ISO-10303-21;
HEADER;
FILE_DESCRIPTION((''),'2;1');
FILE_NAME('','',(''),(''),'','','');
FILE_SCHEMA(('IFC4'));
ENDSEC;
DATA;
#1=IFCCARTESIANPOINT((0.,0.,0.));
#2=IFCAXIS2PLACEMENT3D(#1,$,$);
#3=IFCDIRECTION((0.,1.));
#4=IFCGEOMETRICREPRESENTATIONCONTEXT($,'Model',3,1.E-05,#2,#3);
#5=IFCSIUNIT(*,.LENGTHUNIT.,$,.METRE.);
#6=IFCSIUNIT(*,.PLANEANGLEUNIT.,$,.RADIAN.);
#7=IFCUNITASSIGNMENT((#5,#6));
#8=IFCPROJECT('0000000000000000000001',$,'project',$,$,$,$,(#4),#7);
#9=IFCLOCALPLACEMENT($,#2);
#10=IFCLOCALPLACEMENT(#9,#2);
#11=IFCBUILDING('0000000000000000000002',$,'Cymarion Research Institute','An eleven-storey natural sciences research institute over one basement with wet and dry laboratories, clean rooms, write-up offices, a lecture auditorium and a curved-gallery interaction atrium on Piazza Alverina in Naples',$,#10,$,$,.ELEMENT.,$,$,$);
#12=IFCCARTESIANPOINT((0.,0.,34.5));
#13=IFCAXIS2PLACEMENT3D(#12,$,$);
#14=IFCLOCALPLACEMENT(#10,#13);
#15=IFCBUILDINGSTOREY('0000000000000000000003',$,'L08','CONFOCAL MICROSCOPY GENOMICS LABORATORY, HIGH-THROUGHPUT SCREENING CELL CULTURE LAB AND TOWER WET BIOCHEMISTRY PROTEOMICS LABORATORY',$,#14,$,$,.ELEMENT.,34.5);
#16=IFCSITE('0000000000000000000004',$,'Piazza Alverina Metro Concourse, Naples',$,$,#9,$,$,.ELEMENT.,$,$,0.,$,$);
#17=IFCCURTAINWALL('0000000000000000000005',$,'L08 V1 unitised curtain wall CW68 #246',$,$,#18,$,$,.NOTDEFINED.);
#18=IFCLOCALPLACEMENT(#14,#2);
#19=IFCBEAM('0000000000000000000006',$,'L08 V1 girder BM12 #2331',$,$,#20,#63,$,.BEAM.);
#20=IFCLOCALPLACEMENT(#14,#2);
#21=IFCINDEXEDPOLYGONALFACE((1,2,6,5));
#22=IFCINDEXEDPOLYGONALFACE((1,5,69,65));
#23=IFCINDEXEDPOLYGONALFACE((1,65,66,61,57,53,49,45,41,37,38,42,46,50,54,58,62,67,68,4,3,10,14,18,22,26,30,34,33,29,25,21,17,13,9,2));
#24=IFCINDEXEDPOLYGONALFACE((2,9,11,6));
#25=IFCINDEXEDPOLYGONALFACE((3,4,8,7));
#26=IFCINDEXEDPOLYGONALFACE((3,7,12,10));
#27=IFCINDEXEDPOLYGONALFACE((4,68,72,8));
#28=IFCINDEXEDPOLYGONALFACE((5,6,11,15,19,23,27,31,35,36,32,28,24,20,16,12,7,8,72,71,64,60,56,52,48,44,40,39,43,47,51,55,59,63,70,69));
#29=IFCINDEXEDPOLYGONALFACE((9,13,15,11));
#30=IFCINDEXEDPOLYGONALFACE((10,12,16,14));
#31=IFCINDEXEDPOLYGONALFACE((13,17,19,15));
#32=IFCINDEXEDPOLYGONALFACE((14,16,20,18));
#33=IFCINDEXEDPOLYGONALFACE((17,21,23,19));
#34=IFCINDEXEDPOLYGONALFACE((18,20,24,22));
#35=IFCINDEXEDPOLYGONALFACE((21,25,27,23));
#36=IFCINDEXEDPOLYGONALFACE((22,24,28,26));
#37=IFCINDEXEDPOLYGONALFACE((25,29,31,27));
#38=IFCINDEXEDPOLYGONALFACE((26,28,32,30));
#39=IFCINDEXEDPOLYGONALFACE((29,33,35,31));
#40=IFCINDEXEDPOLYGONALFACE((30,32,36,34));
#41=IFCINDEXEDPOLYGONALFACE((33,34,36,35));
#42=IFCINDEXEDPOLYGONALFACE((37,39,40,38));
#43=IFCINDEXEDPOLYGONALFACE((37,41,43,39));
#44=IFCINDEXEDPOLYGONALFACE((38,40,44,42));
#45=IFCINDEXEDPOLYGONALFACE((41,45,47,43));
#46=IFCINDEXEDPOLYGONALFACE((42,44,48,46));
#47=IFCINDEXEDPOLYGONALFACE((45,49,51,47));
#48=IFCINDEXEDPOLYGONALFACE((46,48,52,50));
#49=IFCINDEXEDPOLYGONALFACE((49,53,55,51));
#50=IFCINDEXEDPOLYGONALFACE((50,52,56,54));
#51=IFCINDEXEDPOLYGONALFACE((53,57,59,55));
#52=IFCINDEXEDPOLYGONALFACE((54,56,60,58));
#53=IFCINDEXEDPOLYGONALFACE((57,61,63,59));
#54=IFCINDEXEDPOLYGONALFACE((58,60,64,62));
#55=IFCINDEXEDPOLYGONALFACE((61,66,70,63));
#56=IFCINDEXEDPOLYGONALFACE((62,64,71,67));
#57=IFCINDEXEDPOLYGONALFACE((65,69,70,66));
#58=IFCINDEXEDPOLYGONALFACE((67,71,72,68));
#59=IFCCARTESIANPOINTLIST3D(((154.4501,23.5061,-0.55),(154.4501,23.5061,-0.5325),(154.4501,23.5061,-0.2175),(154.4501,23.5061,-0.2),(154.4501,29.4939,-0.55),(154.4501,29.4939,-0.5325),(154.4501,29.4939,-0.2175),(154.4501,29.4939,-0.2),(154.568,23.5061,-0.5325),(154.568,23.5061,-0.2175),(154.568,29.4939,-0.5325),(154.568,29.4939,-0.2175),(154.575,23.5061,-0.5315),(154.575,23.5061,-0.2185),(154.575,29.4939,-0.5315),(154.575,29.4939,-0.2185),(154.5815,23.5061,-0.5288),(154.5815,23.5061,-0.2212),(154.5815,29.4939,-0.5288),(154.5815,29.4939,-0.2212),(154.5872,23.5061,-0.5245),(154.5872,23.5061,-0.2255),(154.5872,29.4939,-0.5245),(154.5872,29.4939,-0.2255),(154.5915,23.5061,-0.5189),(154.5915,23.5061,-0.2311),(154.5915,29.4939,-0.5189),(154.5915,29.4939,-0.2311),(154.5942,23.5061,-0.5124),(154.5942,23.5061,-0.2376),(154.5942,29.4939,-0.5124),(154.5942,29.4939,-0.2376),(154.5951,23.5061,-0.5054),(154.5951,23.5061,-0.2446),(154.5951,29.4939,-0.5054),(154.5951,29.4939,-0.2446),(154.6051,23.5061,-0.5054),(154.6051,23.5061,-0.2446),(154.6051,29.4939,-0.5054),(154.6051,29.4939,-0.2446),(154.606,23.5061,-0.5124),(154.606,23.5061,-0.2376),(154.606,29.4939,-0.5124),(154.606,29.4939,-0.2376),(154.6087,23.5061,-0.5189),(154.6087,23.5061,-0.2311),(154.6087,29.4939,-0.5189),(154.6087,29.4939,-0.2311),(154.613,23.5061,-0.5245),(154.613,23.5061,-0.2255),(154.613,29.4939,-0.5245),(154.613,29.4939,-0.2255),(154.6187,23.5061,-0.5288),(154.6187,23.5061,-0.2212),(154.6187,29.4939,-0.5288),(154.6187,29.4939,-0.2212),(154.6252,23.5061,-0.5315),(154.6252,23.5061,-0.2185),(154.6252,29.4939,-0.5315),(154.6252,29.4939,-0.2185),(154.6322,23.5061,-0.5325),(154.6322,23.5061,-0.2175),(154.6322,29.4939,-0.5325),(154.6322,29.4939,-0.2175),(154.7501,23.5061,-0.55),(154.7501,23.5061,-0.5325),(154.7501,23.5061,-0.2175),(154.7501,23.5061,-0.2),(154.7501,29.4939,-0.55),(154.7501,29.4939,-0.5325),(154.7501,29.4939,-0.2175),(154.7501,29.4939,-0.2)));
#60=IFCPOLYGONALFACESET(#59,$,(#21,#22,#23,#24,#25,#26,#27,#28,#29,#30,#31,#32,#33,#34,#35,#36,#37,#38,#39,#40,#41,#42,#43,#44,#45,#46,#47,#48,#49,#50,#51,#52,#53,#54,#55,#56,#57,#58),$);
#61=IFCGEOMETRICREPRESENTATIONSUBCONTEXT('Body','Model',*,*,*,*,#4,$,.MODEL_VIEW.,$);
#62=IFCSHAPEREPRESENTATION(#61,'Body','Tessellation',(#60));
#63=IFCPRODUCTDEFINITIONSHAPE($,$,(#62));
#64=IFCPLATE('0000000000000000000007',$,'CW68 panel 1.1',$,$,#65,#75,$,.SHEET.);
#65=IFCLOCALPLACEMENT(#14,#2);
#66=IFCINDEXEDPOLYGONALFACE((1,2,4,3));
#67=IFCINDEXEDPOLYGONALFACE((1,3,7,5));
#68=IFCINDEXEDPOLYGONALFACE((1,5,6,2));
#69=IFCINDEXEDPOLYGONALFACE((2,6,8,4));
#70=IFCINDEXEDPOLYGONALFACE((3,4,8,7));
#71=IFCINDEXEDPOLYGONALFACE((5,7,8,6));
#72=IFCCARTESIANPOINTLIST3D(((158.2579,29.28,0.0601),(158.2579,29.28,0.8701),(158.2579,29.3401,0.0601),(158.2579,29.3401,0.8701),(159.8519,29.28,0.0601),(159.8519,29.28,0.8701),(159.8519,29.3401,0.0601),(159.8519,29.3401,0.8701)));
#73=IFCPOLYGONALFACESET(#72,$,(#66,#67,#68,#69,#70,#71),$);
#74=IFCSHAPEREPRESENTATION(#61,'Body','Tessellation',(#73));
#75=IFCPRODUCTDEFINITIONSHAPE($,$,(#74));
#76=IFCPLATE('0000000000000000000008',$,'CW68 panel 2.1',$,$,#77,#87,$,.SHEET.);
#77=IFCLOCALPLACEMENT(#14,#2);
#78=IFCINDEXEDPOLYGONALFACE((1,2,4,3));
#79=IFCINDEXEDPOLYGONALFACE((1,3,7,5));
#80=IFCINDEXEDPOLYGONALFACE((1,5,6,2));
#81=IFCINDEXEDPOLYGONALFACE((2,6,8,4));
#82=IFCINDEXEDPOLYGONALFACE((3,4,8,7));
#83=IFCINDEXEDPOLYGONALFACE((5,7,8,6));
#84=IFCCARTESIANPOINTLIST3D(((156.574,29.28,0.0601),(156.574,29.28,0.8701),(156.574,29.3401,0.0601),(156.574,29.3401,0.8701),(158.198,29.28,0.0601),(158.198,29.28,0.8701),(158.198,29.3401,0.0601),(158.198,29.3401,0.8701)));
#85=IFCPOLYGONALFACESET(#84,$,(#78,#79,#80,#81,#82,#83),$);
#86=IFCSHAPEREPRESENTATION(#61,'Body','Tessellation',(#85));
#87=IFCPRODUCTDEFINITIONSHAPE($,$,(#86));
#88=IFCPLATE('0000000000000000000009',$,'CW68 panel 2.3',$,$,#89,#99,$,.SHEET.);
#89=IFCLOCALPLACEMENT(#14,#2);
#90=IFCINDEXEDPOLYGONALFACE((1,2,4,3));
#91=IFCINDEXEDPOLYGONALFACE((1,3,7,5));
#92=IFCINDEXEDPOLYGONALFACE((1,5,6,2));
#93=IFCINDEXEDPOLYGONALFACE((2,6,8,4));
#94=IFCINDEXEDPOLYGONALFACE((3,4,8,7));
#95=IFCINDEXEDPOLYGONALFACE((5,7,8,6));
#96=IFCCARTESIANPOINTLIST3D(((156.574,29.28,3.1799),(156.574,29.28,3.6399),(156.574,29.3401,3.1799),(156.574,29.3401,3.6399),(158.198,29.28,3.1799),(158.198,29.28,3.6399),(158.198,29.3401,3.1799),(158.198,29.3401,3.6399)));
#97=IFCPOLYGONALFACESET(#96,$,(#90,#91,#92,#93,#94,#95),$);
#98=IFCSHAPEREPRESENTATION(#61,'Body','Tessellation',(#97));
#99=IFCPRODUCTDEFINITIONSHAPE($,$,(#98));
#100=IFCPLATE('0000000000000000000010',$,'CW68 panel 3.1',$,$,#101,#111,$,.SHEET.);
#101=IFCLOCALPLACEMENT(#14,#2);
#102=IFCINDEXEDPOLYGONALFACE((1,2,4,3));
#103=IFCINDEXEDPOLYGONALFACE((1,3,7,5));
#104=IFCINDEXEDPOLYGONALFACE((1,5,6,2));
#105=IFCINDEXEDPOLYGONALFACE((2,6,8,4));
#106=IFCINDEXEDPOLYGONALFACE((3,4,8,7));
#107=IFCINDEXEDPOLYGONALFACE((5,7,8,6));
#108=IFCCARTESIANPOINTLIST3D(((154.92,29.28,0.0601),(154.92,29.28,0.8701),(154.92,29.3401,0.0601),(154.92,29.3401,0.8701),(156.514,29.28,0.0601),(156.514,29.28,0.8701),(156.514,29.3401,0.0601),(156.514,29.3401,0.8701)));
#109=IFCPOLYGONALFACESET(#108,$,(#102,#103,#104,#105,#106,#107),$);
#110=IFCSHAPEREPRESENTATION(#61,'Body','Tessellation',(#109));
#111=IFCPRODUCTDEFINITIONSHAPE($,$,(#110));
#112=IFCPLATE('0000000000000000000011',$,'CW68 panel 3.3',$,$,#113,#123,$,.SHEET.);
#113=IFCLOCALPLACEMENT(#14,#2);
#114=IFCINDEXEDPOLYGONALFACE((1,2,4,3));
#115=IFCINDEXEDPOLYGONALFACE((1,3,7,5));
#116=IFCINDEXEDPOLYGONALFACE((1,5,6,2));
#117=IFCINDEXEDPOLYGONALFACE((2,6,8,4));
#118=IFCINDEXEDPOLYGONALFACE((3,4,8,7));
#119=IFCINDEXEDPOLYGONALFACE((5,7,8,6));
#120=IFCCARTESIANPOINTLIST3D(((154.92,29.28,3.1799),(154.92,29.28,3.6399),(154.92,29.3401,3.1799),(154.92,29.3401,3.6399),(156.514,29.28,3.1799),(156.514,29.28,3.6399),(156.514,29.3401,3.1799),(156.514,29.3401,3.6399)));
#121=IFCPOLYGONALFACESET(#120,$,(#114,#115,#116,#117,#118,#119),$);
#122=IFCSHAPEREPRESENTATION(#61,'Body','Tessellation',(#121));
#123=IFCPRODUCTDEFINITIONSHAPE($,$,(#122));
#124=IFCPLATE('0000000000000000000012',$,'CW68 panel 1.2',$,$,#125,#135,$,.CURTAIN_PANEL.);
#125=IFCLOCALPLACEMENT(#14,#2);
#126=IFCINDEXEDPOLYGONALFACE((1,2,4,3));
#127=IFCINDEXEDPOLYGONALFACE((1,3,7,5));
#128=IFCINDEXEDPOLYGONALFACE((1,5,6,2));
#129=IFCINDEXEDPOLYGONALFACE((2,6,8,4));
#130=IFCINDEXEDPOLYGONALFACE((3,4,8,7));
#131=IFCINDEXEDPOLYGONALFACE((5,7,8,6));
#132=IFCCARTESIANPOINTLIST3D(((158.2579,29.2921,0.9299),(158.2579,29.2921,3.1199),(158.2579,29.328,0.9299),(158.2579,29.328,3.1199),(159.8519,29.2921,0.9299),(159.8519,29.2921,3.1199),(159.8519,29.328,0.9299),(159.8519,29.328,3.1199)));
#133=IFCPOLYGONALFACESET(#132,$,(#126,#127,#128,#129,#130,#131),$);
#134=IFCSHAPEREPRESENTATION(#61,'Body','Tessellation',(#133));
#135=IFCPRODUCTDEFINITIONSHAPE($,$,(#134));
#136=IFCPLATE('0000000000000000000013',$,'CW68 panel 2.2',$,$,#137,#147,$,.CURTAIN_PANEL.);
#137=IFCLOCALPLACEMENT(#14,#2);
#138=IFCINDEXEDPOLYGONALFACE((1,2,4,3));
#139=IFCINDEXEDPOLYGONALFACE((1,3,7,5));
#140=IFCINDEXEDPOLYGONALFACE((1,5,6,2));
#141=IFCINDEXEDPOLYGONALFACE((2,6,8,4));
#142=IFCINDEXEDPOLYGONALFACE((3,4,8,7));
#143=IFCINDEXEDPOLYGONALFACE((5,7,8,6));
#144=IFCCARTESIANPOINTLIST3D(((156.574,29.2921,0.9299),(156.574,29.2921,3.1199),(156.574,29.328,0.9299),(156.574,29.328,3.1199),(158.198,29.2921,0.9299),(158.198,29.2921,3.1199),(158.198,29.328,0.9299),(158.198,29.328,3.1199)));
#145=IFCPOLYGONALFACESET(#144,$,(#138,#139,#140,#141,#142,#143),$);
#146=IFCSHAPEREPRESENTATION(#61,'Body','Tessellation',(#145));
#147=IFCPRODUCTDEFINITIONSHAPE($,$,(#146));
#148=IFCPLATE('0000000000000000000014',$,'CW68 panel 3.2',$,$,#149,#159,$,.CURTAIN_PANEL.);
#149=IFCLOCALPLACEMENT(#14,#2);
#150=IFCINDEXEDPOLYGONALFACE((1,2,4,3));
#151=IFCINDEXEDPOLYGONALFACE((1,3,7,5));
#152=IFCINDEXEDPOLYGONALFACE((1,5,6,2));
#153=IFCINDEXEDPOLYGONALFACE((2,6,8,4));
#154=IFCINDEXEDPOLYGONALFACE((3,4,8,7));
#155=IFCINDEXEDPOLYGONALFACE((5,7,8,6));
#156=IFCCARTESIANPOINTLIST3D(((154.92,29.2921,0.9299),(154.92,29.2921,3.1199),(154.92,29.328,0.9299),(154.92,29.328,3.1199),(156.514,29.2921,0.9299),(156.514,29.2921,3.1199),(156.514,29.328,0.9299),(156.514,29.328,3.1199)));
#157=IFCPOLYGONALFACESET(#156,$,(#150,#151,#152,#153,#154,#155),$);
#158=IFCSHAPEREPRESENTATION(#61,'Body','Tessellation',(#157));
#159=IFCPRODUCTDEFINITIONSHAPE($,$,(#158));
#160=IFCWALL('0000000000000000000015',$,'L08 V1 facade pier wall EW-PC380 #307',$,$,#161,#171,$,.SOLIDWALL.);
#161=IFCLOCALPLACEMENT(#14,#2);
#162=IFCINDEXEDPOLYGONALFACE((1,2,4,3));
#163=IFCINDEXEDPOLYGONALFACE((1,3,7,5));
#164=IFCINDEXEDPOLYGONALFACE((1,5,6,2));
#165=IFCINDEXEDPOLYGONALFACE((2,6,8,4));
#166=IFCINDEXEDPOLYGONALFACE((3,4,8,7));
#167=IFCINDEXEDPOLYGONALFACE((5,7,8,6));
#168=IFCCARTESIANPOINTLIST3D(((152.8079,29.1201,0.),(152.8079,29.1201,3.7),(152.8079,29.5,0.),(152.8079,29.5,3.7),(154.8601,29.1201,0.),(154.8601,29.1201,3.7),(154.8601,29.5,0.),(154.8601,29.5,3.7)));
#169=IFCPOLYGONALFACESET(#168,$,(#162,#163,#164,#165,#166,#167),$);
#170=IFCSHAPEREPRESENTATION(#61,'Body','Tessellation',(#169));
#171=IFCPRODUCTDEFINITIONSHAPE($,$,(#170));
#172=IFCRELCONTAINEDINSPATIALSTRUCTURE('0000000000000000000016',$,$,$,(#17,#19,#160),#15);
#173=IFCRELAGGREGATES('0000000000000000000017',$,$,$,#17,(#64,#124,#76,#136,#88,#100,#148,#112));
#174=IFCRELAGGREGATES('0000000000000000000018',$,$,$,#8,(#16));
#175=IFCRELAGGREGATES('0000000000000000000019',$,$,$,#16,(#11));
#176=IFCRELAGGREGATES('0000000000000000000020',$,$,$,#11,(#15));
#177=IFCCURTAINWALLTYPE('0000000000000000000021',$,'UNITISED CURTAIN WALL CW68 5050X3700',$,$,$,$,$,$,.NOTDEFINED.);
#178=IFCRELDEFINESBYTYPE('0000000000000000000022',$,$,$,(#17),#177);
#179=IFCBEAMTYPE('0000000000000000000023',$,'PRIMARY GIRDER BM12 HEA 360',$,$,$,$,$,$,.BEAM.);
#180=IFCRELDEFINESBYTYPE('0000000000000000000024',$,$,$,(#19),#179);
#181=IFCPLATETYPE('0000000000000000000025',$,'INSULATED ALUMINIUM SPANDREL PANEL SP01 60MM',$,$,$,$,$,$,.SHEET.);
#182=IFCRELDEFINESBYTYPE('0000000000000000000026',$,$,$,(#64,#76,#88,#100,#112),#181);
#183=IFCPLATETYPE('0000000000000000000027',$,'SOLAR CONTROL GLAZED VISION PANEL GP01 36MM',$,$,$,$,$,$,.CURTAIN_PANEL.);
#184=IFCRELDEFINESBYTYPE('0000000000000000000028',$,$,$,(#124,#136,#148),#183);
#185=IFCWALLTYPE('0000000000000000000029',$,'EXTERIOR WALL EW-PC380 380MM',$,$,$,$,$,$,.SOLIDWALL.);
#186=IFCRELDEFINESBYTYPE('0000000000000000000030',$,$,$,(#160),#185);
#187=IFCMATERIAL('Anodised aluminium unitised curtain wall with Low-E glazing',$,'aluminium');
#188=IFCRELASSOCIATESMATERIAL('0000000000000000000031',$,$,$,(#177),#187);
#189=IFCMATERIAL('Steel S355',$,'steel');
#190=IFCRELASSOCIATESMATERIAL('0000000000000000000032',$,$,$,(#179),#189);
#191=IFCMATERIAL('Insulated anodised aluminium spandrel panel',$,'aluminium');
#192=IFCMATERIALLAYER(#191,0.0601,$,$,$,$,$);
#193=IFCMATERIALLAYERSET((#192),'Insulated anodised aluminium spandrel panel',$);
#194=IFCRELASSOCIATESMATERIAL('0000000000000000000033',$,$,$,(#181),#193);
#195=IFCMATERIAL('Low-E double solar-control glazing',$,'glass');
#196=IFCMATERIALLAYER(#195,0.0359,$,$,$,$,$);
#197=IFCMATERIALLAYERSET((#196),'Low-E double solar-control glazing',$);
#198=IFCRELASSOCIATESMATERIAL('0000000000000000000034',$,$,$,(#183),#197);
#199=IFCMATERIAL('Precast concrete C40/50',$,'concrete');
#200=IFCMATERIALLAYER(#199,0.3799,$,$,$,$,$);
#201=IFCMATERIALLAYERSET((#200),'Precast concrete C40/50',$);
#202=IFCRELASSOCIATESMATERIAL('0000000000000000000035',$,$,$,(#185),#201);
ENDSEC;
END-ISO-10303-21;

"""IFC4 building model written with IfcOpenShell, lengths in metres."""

from ifc_helpers import new_model, si_unit, direction, frame, frame_2d, origin, origin_2d, place, context, subcontext, project, spatial, rectangle, i_section, extrude, material, layer, layer_set, material_profile, profile_set, type_object, element, aggregate, save


model = new_model("IFC4")

# Units and contexts
model_context = context("Model", 3, precision=1e-05, world=origin(), true_north=direction((0.0, 1.0)))
body_context = subcontext(model_context, "Body", "Model", "MODEL_VIEW")
ifc_project = project(units=[si_unit("LENGTHUNIT", "METRE"), si_unit("PLANEANGLEUNIT", "RADIAN")], contexts=[model_context])

# Site, building, storey
site_placement = place(None, origin())
site = spatial("IfcSite", under=ifc_project, at=site_placement, Name="Piazza Alverina Metro Concourse, Naples", CompositionType="ELEMENT", RefElevation=0.0)
building_placement = place(site_placement, origin())
building = spatial("IfcBuilding", under=site, at=building_placement, Name="Cymarion Research Institute", Description="An eleven-storey natural sciences research institute over one basement with wet and dry laboratories, clean rooms, write-up offices, a lecture auditorium and a curved-gallery interaction atrium on Piazza Alverina in Naples", CompositionType="ELEMENT")
storey_placement = place(building_placement, frame((0.0, 0.0, 34.5)))
storey = spatial("IfcBuildingStorey", under=building, at=storey_placement, Name="L08", Description="CONFOCAL MICROSCOPY GENOMICS LABORATORY, HIGH-THROUGHPUT SCREENING CELL CULTURE LAB AND TOWER WET BIOCHEMISTRY PROTEOMICS LABORATORY", CompositionType="ELEMENT", Elevation=34.5)

# Shared definitions
ifc_material_1 = material(Name="Steel S355", Category="steel")

# Curtain wall
ifc_material_2 = material(Name="Anodised aluminium unitised curtain wall with Low-E glazing", Category="aluminium")
curtain_wall_type = type_object("IfcCurtainWallType", Name="UNITISED CURTAIN WALL CW68 5050X3700", PredefinedType="NOTDEFINED", material=ifc_material_2)
curtain_wall_placement = place(storey_placement, origin())
curtain_wall = element("IfcCurtainWall", 1, at=curtain_wall_placement, inside=storey, type_object=curtain_wall_type, Name="L08 V1 unitised curtain wall CW68 #246", PredefinedType="NOTDEFINED")

# Beam
ifc_material_profile_1 = material_profile(ifc_material_1, i_section(OverallWidth=0.3, OverallDepth=0.3501, WebThickness=0.01, FlangeThickness=0.0176, FilletRadius=0.0271, at=origin_2d()), Name="HEA 360")
ifc_profile_set_1 = profile_set([ifc_material_profile_1], Name="Steel S355")
beam_type_1 = type_object("IfcBeamType", Name="PRIMARY GIRDER BM12 HEA 360", PredefinedType="BEAM", material=ifc_profile_set_1)
for number, where, z_axis, x_axis, name in (
    (2, (154.6001, 23.5061, -0.375), (0.0, 1.0, 0.0), (-1.0, 0.0, 0.0), "L08 V1 girder BM12 #2331"),
):
    element("IfcBeam", number, at=place(storey_placement, frame(where, z_axis=z_axis, x_axis=x_axis)), inside=storey, type_object=beam_type_1, Name=name, PredefinedType="BEAM", context=body_context, shape_type="SweptSolid", body=[
        extrude(i_section(OverallWidth=0.3, OverallDepth=0.3501, WebThickness=0.01, FlangeThickness=0.0176, FilletRadius=0.0271, at=origin_2d()), origin(), (0.0, 0.0, 1.0), 5.9878),
    ])

# Plates
ifc_material_3 = material(Name="Insulated anodised aluminium spandrel panel", Category="aluminium")
ifc_layer_1 = layer(ifc_material_3, 0.0601)
ifc_layer_set_1 = layer_set([ifc_layer_1], Name="Insulated anodised aluminium spandrel panel")
plate_type_1 = type_object("IfcPlateType", Name="INSULATED ALUMINIUM SPANDREL PANEL SP01 60MM", PredefinedType="SHEET", material=ifc_layer_set_1)
plate_1_placement = place(storey_placement, frame((159.0549, 29.3101, 0.0601), z_axis=(0.0, 0.0, 1.0), x_axis=(-1.0, 0.0, 0.0)))
plate_1 = element("IfcPlate", 3, at=plate_1_placement, type_object=plate_type_1, Name="CW68 panel 1.1", PredefinedType="SHEET", context=body_context, shape_type="SweptSolid", body=[
    extrude(rectangle(XDim=1.594, YDim=0.0601, at=origin_2d()), origin(), (0.0, 0.0, 1.0), 0.8101),
])
plate_2_placement = place(storey_placement, frame((157.386, 29.3101, 0.0601), z_axis=(0.0, 0.0, 1.0), x_axis=(-1.0, 0.0, 0.0)))
plate_2 = element("IfcPlate", 4, at=plate_2_placement, type_object=plate_type_1, Name="CW68 panel 2.1", PredefinedType="SHEET", context=body_context, shape_type="SweptSolid", body=[
    extrude(rectangle(XDim=1.624, YDim=0.0601, at=origin_2d()), origin(), (0.0, 0.0, 1.0), 0.8101),
])
plate_3_placement = place(storey_placement, frame((157.386, 29.3101, 3.1799), z_axis=(0.0, 0.0, 1.0), x_axis=(-1.0, 0.0, 0.0)))
plate_3 = element("IfcPlate", 5, at=plate_3_placement, type_object=plate_type_1, Name="CW68 panel 2.3", PredefinedType="SHEET", context=body_context, shape_type="SweptSolid", body=[
    extrude(rectangle(XDim=1.624, YDim=0.0601, at=origin_2d()), origin(), (0.0, 0.0, 1.0), 0.46),
])
plate_4_placement = place(storey_placement, frame((155.717, 29.3101, 0.0601), z_axis=(0.0, 0.0, 1.0), x_axis=(-1.0, 0.0, 0.0)))
plate_4 = element("IfcPlate", 6, at=plate_4_placement, type_object=plate_type_1, Name="CW68 panel 3.1", PredefinedType="SHEET", context=body_context, shape_type="SweptSolid", body=[
    extrude(rectangle(XDim=1.594, YDim=0.0601, at=origin_2d()), origin(), (0.0, 0.0, 1.0), 0.8101),
])
plate_5_placement = place(storey_placement, frame((155.717, 29.3101, 3.1799), z_axis=(0.0, 0.0, 1.0), x_axis=(-1.0, 0.0, 0.0)))
plate_5 = element("IfcPlate", 7, at=plate_5_placement, type_object=plate_type_1, Name="CW68 panel 3.3", PredefinedType="SHEET", context=body_context, shape_type="SweptSolid", body=[
    extrude(rectangle(XDim=1.594, YDim=0.0601, at=origin_2d()), origin(), (0.0, 0.0, 1.0), 0.46),
])
ifc_material_4 = material(Name="Low-E double solar-control glazing", Category="glass")
ifc_layer_2 = layer(ifc_material_4, 0.0359)
ifc_layer_set_2 = layer_set([ifc_layer_2], Name="Low-E double solar-control glazing")
plate_type_2 = type_object("IfcPlateType", Name="SOLAR CONTROL GLAZED VISION PANEL GP01 36MM", PredefinedType="CURTAIN_PANEL", material=ifc_layer_set_2)
plate_6_placement = place(storey_placement, frame((159.0549, 29.3101, 0.9299), z_axis=(0.0, 0.0, 1.0), x_axis=(-1.0, 0.0, 0.0)))
plate_6 = element("IfcPlate", 8, at=plate_6_placement, type_object=plate_type_2, Name="CW68 panel 1.2", PredefinedType="CURTAIN_PANEL", context=body_context, shape_type="SweptSolid", body=[
    extrude(rectangle(XDim=1.594, YDim=0.0359, at=origin_2d()), origin(), (0.0, 0.0, 1.0), 2.1899),
])
plate_7_placement = place(storey_placement, frame((157.386, 29.3101, 0.9299), z_axis=(0.0, 0.0, 1.0), x_axis=(-1.0, 0.0, 0.0)))
plate_7 = element("IfcPlate", 9, at=plate_7_placement, type_object=plate_type_2, Name="CW68 panel 2.2", PredefinedType="CURTAIN_PANEL", context=body_context, shape_type="SweptSolid", body=[
    extrude(rectangle(XDim=1.624, YDim=0.0359, at=origin_2d()), origin(), (0.0, 0.0, 1.0), 2.1899),
])
plate_8_placement = place(storey_placement, frame((155.717, 29.3101, 0.9299), z_axis=(0.0, 0.0, 1.0), x_axis=(-1.0, 0.0, 0.0)))
plate_8 = element("IfcPlate", 10, at=plate_8_placement, type_object=plate_type_2, Name="CW68 panel 3.2", PredefinedType="CURTAIN_PANEL", context=body_context, shape_type="SweptSolid", body=[
    extrude(rectangle(XDim=1.594, YDim=0.0359, at=origin_2d()), origin(), (0.0, 0.0, 1.0), 2.1899),
])
aggregate(curtain_wall, [plate_1, plate_6, plate_2, plate_7, plate_3, plate_4, plate_8, plate_5])

# Wall
ifc_material_5 = material(Name="Precast concrete C40/50", Category="concrete")
ifc_layer_3 = layer(ifc_material_5, 0.3799)
ifc_layer_set_3 = layer_set([ifc_layer_3], Name="Precast concrete C40/50")
wall_type_1 = type_object("IfcWallType", Name="EXTERIOR WALL EW-PC380 380MM", PredefinedType="SOLIDWALL", material=ifc_layer_set_3)
wall_1_placement = place(storey_placement, frame((154.8601, 29.3101, 0.0), z_axis=(0.0, 0.0, 1.0), x_axis=(-1.0, 0.0, 0.0)))
element("IfcWall", 11, at=wall_1_placement, inside=storey, type_object=wall_type_1, Name="L08 V1 facade pier wall EW-PC380 #307", PredefinedType="SOLIDWALL", context=body_context, shape_type="SweptSolid", body=[
    extrude(rectangle(XDim=2.0522, YDim=0.3799, at=frame_2d((1.0261, 0.0))), origin(), (0.0, 0.0, 1.0), 3.7),
])

save(model, "model.ifc")
